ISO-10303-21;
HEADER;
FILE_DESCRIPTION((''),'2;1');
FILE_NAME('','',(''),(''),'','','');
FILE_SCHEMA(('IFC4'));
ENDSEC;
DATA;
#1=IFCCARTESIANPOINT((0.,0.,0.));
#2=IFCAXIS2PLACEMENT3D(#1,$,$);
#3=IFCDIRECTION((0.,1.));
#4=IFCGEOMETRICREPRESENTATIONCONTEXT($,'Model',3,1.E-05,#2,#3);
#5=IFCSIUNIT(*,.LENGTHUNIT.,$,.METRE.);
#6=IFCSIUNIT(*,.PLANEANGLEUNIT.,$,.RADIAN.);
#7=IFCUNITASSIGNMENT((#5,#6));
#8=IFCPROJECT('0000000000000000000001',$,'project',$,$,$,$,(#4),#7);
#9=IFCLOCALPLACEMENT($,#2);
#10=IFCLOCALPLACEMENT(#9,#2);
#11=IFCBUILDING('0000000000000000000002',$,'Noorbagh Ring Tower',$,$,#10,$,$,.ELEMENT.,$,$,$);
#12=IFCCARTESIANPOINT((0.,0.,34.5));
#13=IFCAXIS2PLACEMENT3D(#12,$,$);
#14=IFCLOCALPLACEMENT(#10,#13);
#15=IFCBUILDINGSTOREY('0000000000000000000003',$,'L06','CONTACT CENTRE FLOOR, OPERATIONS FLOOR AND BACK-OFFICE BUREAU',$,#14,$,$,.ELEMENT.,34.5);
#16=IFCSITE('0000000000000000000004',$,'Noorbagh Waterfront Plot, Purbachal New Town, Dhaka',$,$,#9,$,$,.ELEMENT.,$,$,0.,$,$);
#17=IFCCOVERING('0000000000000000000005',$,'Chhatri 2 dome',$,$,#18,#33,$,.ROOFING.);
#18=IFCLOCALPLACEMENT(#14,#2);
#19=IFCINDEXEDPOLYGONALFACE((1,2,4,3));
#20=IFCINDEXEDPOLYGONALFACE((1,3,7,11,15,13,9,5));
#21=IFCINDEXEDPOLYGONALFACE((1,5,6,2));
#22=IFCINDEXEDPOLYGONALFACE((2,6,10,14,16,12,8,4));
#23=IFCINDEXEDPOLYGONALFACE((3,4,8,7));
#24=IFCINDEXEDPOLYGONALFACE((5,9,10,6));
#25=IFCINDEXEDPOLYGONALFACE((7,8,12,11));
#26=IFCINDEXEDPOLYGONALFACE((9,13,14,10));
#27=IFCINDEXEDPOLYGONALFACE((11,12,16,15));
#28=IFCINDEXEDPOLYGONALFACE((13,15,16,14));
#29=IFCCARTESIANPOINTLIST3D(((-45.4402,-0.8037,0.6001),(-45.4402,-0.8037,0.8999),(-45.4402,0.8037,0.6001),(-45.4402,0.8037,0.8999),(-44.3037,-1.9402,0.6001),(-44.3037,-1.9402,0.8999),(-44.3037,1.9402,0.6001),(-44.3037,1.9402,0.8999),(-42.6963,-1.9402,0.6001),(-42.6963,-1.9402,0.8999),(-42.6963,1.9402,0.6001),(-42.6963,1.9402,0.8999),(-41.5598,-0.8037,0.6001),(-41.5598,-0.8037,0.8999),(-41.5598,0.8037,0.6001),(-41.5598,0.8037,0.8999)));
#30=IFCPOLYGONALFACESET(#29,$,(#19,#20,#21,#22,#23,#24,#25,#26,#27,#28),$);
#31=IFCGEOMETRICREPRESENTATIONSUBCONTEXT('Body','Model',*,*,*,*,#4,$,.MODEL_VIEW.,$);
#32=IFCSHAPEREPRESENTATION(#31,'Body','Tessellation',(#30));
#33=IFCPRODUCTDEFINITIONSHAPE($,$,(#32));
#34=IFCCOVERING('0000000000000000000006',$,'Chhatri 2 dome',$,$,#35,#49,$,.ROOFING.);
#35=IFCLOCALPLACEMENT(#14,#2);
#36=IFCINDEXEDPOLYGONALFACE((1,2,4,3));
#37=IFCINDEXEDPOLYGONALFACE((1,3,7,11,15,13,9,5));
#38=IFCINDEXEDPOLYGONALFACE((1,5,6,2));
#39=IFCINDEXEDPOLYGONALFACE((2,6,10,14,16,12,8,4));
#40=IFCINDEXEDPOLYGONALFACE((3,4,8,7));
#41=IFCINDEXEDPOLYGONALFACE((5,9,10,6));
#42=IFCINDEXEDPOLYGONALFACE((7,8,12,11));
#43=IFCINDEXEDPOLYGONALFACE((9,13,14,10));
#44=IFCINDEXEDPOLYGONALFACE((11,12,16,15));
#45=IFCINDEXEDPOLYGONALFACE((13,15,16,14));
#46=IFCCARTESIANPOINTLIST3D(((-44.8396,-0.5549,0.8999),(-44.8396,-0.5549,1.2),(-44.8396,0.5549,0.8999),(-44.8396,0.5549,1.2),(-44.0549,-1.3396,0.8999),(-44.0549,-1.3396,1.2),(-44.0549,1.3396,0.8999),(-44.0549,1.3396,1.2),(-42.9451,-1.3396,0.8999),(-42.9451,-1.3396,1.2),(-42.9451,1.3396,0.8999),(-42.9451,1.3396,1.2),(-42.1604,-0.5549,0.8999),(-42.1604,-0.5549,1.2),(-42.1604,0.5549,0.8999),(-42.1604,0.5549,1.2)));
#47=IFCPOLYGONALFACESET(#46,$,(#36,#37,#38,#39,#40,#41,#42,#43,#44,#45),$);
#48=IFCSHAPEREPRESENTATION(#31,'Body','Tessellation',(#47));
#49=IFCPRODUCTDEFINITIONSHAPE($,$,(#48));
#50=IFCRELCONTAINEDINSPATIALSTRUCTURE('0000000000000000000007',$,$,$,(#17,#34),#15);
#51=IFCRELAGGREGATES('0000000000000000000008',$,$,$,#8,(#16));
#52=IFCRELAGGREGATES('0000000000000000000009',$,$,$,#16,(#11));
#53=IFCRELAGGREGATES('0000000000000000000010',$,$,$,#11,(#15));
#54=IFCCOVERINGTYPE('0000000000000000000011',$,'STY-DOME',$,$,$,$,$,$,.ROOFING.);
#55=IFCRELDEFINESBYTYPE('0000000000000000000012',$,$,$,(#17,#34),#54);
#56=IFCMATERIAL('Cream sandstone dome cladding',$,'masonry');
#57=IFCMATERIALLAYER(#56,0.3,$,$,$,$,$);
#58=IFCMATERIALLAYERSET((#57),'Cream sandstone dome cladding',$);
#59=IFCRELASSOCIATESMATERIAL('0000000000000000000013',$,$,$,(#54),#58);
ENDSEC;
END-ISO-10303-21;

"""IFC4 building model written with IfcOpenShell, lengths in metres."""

from ifc_helpers import new_model, si_unit, direction, frame, origin, place, context, subcontext, project, spatial, polyline, outline, extrude, material, layer, layer_set, type_object, element, save


model = new_model("IFC4")

# Units and contexts
model_context = context("Model", 3, precision=1e-05, world=origin(), true_north=direction((0.0, 1.0)))
body_context = subcontext(model_context, "Body", "Model", "MODEL_VIEW")
ifc_project = project(units=[si_unit("LENGTHUNIT", "METRE"), si_unit("PLANEANGLEUNIT", "RADIAN")], contexts=[model_context])

# Site, building, storey
site_placement = place(None, origin())
site = spatial("IfcSite", under=ifc_project, at=site_placement, Name="Noorbagh Waterfront Plot, Purbachal New Town, Dhaka", CompositionType="ELEMENT", RefElevation=0.0)
building_placement = place(site_placement, origin())
building = spatial("IfcBuilding", under=site, at=building_placement, Name="Noorbagh Ring Tower", CompositionType="ELEMENT")
storey_placement = place(building_placement, frame((0.0, 0.0, 34.5)))
storey = spatial("IfcBuildingStorey", under=building, at=storey_placement, Name="L06", Description="CONTACT CENTRE FLOOR, OPERATIONS FLOOR AND BACK-OFFICE BUREAU", CompositionType="ELEMENT", Elevation=34.5)

# Coverings
ifc_material_1 = material(Name="Cream sandstone dome cladding", Category="masonry")
ifc_layer_1 = layer(ifc_material_1, 0.3)
ifc_layer_set_1 = layer_set([ifc_layer_1], Name="Cream sandstone dome cladding")
covering_type = type_object("IfcCoveringType", Name="STY-DOME", PredefinedType="ROOFING", material=ifc_layer_set_1)
covering_1_placement = place(storey_placement, frame((0.0, 0.0, 0.6001)))
element("IfcCovering", 1, at=covering_1_placement, inside=storey, type_object=covering_type, Name="Chhatri 2 dome", PredefinedType="ROOFING", context=body_context, shape_type="SweptSolid", body=[
    extrude(outline(polyline([(-41.5598, 0.8037), (-42.6963, 1.9402), (-44.3037, 1.9402), (-45.4402, 0.8037), (-45.4402, -0.8037), (-44.3037, -1.9402), (-42.6963, -1.9402), (-41.5598, -0.8037), (-41.5598, 0.8037)])), origin(), (0.0, 0.0, 1.0), 0.2998),
])
covering_2_placement = place(storey_placement, frame((0.0, 0.0, 0.8999)))
element("IfcCovering", 2, at=covering_2_placement, inside=storey, type_object=covering_type, Name="Chhatri 2 dome", PredefinedType="ROOFING", context=body_context, shape_type="SweptSolid", body=[
    extrude(outline(polyline([(-42.1604, 0.5549), (-42.9451, 1.3396), (-44.0549, 1.3396), (-44.8396, 0.5549), (-44.8396, -0.5549), (-44.0549, -1.3396), (-42.9451, -1.3396), (-42.1604, -0.5549), (-42.1604, 0.5549)])), origin(), (0.0, 0.0, 1.0), 0.3),
])

save(model, "model.ifc")
